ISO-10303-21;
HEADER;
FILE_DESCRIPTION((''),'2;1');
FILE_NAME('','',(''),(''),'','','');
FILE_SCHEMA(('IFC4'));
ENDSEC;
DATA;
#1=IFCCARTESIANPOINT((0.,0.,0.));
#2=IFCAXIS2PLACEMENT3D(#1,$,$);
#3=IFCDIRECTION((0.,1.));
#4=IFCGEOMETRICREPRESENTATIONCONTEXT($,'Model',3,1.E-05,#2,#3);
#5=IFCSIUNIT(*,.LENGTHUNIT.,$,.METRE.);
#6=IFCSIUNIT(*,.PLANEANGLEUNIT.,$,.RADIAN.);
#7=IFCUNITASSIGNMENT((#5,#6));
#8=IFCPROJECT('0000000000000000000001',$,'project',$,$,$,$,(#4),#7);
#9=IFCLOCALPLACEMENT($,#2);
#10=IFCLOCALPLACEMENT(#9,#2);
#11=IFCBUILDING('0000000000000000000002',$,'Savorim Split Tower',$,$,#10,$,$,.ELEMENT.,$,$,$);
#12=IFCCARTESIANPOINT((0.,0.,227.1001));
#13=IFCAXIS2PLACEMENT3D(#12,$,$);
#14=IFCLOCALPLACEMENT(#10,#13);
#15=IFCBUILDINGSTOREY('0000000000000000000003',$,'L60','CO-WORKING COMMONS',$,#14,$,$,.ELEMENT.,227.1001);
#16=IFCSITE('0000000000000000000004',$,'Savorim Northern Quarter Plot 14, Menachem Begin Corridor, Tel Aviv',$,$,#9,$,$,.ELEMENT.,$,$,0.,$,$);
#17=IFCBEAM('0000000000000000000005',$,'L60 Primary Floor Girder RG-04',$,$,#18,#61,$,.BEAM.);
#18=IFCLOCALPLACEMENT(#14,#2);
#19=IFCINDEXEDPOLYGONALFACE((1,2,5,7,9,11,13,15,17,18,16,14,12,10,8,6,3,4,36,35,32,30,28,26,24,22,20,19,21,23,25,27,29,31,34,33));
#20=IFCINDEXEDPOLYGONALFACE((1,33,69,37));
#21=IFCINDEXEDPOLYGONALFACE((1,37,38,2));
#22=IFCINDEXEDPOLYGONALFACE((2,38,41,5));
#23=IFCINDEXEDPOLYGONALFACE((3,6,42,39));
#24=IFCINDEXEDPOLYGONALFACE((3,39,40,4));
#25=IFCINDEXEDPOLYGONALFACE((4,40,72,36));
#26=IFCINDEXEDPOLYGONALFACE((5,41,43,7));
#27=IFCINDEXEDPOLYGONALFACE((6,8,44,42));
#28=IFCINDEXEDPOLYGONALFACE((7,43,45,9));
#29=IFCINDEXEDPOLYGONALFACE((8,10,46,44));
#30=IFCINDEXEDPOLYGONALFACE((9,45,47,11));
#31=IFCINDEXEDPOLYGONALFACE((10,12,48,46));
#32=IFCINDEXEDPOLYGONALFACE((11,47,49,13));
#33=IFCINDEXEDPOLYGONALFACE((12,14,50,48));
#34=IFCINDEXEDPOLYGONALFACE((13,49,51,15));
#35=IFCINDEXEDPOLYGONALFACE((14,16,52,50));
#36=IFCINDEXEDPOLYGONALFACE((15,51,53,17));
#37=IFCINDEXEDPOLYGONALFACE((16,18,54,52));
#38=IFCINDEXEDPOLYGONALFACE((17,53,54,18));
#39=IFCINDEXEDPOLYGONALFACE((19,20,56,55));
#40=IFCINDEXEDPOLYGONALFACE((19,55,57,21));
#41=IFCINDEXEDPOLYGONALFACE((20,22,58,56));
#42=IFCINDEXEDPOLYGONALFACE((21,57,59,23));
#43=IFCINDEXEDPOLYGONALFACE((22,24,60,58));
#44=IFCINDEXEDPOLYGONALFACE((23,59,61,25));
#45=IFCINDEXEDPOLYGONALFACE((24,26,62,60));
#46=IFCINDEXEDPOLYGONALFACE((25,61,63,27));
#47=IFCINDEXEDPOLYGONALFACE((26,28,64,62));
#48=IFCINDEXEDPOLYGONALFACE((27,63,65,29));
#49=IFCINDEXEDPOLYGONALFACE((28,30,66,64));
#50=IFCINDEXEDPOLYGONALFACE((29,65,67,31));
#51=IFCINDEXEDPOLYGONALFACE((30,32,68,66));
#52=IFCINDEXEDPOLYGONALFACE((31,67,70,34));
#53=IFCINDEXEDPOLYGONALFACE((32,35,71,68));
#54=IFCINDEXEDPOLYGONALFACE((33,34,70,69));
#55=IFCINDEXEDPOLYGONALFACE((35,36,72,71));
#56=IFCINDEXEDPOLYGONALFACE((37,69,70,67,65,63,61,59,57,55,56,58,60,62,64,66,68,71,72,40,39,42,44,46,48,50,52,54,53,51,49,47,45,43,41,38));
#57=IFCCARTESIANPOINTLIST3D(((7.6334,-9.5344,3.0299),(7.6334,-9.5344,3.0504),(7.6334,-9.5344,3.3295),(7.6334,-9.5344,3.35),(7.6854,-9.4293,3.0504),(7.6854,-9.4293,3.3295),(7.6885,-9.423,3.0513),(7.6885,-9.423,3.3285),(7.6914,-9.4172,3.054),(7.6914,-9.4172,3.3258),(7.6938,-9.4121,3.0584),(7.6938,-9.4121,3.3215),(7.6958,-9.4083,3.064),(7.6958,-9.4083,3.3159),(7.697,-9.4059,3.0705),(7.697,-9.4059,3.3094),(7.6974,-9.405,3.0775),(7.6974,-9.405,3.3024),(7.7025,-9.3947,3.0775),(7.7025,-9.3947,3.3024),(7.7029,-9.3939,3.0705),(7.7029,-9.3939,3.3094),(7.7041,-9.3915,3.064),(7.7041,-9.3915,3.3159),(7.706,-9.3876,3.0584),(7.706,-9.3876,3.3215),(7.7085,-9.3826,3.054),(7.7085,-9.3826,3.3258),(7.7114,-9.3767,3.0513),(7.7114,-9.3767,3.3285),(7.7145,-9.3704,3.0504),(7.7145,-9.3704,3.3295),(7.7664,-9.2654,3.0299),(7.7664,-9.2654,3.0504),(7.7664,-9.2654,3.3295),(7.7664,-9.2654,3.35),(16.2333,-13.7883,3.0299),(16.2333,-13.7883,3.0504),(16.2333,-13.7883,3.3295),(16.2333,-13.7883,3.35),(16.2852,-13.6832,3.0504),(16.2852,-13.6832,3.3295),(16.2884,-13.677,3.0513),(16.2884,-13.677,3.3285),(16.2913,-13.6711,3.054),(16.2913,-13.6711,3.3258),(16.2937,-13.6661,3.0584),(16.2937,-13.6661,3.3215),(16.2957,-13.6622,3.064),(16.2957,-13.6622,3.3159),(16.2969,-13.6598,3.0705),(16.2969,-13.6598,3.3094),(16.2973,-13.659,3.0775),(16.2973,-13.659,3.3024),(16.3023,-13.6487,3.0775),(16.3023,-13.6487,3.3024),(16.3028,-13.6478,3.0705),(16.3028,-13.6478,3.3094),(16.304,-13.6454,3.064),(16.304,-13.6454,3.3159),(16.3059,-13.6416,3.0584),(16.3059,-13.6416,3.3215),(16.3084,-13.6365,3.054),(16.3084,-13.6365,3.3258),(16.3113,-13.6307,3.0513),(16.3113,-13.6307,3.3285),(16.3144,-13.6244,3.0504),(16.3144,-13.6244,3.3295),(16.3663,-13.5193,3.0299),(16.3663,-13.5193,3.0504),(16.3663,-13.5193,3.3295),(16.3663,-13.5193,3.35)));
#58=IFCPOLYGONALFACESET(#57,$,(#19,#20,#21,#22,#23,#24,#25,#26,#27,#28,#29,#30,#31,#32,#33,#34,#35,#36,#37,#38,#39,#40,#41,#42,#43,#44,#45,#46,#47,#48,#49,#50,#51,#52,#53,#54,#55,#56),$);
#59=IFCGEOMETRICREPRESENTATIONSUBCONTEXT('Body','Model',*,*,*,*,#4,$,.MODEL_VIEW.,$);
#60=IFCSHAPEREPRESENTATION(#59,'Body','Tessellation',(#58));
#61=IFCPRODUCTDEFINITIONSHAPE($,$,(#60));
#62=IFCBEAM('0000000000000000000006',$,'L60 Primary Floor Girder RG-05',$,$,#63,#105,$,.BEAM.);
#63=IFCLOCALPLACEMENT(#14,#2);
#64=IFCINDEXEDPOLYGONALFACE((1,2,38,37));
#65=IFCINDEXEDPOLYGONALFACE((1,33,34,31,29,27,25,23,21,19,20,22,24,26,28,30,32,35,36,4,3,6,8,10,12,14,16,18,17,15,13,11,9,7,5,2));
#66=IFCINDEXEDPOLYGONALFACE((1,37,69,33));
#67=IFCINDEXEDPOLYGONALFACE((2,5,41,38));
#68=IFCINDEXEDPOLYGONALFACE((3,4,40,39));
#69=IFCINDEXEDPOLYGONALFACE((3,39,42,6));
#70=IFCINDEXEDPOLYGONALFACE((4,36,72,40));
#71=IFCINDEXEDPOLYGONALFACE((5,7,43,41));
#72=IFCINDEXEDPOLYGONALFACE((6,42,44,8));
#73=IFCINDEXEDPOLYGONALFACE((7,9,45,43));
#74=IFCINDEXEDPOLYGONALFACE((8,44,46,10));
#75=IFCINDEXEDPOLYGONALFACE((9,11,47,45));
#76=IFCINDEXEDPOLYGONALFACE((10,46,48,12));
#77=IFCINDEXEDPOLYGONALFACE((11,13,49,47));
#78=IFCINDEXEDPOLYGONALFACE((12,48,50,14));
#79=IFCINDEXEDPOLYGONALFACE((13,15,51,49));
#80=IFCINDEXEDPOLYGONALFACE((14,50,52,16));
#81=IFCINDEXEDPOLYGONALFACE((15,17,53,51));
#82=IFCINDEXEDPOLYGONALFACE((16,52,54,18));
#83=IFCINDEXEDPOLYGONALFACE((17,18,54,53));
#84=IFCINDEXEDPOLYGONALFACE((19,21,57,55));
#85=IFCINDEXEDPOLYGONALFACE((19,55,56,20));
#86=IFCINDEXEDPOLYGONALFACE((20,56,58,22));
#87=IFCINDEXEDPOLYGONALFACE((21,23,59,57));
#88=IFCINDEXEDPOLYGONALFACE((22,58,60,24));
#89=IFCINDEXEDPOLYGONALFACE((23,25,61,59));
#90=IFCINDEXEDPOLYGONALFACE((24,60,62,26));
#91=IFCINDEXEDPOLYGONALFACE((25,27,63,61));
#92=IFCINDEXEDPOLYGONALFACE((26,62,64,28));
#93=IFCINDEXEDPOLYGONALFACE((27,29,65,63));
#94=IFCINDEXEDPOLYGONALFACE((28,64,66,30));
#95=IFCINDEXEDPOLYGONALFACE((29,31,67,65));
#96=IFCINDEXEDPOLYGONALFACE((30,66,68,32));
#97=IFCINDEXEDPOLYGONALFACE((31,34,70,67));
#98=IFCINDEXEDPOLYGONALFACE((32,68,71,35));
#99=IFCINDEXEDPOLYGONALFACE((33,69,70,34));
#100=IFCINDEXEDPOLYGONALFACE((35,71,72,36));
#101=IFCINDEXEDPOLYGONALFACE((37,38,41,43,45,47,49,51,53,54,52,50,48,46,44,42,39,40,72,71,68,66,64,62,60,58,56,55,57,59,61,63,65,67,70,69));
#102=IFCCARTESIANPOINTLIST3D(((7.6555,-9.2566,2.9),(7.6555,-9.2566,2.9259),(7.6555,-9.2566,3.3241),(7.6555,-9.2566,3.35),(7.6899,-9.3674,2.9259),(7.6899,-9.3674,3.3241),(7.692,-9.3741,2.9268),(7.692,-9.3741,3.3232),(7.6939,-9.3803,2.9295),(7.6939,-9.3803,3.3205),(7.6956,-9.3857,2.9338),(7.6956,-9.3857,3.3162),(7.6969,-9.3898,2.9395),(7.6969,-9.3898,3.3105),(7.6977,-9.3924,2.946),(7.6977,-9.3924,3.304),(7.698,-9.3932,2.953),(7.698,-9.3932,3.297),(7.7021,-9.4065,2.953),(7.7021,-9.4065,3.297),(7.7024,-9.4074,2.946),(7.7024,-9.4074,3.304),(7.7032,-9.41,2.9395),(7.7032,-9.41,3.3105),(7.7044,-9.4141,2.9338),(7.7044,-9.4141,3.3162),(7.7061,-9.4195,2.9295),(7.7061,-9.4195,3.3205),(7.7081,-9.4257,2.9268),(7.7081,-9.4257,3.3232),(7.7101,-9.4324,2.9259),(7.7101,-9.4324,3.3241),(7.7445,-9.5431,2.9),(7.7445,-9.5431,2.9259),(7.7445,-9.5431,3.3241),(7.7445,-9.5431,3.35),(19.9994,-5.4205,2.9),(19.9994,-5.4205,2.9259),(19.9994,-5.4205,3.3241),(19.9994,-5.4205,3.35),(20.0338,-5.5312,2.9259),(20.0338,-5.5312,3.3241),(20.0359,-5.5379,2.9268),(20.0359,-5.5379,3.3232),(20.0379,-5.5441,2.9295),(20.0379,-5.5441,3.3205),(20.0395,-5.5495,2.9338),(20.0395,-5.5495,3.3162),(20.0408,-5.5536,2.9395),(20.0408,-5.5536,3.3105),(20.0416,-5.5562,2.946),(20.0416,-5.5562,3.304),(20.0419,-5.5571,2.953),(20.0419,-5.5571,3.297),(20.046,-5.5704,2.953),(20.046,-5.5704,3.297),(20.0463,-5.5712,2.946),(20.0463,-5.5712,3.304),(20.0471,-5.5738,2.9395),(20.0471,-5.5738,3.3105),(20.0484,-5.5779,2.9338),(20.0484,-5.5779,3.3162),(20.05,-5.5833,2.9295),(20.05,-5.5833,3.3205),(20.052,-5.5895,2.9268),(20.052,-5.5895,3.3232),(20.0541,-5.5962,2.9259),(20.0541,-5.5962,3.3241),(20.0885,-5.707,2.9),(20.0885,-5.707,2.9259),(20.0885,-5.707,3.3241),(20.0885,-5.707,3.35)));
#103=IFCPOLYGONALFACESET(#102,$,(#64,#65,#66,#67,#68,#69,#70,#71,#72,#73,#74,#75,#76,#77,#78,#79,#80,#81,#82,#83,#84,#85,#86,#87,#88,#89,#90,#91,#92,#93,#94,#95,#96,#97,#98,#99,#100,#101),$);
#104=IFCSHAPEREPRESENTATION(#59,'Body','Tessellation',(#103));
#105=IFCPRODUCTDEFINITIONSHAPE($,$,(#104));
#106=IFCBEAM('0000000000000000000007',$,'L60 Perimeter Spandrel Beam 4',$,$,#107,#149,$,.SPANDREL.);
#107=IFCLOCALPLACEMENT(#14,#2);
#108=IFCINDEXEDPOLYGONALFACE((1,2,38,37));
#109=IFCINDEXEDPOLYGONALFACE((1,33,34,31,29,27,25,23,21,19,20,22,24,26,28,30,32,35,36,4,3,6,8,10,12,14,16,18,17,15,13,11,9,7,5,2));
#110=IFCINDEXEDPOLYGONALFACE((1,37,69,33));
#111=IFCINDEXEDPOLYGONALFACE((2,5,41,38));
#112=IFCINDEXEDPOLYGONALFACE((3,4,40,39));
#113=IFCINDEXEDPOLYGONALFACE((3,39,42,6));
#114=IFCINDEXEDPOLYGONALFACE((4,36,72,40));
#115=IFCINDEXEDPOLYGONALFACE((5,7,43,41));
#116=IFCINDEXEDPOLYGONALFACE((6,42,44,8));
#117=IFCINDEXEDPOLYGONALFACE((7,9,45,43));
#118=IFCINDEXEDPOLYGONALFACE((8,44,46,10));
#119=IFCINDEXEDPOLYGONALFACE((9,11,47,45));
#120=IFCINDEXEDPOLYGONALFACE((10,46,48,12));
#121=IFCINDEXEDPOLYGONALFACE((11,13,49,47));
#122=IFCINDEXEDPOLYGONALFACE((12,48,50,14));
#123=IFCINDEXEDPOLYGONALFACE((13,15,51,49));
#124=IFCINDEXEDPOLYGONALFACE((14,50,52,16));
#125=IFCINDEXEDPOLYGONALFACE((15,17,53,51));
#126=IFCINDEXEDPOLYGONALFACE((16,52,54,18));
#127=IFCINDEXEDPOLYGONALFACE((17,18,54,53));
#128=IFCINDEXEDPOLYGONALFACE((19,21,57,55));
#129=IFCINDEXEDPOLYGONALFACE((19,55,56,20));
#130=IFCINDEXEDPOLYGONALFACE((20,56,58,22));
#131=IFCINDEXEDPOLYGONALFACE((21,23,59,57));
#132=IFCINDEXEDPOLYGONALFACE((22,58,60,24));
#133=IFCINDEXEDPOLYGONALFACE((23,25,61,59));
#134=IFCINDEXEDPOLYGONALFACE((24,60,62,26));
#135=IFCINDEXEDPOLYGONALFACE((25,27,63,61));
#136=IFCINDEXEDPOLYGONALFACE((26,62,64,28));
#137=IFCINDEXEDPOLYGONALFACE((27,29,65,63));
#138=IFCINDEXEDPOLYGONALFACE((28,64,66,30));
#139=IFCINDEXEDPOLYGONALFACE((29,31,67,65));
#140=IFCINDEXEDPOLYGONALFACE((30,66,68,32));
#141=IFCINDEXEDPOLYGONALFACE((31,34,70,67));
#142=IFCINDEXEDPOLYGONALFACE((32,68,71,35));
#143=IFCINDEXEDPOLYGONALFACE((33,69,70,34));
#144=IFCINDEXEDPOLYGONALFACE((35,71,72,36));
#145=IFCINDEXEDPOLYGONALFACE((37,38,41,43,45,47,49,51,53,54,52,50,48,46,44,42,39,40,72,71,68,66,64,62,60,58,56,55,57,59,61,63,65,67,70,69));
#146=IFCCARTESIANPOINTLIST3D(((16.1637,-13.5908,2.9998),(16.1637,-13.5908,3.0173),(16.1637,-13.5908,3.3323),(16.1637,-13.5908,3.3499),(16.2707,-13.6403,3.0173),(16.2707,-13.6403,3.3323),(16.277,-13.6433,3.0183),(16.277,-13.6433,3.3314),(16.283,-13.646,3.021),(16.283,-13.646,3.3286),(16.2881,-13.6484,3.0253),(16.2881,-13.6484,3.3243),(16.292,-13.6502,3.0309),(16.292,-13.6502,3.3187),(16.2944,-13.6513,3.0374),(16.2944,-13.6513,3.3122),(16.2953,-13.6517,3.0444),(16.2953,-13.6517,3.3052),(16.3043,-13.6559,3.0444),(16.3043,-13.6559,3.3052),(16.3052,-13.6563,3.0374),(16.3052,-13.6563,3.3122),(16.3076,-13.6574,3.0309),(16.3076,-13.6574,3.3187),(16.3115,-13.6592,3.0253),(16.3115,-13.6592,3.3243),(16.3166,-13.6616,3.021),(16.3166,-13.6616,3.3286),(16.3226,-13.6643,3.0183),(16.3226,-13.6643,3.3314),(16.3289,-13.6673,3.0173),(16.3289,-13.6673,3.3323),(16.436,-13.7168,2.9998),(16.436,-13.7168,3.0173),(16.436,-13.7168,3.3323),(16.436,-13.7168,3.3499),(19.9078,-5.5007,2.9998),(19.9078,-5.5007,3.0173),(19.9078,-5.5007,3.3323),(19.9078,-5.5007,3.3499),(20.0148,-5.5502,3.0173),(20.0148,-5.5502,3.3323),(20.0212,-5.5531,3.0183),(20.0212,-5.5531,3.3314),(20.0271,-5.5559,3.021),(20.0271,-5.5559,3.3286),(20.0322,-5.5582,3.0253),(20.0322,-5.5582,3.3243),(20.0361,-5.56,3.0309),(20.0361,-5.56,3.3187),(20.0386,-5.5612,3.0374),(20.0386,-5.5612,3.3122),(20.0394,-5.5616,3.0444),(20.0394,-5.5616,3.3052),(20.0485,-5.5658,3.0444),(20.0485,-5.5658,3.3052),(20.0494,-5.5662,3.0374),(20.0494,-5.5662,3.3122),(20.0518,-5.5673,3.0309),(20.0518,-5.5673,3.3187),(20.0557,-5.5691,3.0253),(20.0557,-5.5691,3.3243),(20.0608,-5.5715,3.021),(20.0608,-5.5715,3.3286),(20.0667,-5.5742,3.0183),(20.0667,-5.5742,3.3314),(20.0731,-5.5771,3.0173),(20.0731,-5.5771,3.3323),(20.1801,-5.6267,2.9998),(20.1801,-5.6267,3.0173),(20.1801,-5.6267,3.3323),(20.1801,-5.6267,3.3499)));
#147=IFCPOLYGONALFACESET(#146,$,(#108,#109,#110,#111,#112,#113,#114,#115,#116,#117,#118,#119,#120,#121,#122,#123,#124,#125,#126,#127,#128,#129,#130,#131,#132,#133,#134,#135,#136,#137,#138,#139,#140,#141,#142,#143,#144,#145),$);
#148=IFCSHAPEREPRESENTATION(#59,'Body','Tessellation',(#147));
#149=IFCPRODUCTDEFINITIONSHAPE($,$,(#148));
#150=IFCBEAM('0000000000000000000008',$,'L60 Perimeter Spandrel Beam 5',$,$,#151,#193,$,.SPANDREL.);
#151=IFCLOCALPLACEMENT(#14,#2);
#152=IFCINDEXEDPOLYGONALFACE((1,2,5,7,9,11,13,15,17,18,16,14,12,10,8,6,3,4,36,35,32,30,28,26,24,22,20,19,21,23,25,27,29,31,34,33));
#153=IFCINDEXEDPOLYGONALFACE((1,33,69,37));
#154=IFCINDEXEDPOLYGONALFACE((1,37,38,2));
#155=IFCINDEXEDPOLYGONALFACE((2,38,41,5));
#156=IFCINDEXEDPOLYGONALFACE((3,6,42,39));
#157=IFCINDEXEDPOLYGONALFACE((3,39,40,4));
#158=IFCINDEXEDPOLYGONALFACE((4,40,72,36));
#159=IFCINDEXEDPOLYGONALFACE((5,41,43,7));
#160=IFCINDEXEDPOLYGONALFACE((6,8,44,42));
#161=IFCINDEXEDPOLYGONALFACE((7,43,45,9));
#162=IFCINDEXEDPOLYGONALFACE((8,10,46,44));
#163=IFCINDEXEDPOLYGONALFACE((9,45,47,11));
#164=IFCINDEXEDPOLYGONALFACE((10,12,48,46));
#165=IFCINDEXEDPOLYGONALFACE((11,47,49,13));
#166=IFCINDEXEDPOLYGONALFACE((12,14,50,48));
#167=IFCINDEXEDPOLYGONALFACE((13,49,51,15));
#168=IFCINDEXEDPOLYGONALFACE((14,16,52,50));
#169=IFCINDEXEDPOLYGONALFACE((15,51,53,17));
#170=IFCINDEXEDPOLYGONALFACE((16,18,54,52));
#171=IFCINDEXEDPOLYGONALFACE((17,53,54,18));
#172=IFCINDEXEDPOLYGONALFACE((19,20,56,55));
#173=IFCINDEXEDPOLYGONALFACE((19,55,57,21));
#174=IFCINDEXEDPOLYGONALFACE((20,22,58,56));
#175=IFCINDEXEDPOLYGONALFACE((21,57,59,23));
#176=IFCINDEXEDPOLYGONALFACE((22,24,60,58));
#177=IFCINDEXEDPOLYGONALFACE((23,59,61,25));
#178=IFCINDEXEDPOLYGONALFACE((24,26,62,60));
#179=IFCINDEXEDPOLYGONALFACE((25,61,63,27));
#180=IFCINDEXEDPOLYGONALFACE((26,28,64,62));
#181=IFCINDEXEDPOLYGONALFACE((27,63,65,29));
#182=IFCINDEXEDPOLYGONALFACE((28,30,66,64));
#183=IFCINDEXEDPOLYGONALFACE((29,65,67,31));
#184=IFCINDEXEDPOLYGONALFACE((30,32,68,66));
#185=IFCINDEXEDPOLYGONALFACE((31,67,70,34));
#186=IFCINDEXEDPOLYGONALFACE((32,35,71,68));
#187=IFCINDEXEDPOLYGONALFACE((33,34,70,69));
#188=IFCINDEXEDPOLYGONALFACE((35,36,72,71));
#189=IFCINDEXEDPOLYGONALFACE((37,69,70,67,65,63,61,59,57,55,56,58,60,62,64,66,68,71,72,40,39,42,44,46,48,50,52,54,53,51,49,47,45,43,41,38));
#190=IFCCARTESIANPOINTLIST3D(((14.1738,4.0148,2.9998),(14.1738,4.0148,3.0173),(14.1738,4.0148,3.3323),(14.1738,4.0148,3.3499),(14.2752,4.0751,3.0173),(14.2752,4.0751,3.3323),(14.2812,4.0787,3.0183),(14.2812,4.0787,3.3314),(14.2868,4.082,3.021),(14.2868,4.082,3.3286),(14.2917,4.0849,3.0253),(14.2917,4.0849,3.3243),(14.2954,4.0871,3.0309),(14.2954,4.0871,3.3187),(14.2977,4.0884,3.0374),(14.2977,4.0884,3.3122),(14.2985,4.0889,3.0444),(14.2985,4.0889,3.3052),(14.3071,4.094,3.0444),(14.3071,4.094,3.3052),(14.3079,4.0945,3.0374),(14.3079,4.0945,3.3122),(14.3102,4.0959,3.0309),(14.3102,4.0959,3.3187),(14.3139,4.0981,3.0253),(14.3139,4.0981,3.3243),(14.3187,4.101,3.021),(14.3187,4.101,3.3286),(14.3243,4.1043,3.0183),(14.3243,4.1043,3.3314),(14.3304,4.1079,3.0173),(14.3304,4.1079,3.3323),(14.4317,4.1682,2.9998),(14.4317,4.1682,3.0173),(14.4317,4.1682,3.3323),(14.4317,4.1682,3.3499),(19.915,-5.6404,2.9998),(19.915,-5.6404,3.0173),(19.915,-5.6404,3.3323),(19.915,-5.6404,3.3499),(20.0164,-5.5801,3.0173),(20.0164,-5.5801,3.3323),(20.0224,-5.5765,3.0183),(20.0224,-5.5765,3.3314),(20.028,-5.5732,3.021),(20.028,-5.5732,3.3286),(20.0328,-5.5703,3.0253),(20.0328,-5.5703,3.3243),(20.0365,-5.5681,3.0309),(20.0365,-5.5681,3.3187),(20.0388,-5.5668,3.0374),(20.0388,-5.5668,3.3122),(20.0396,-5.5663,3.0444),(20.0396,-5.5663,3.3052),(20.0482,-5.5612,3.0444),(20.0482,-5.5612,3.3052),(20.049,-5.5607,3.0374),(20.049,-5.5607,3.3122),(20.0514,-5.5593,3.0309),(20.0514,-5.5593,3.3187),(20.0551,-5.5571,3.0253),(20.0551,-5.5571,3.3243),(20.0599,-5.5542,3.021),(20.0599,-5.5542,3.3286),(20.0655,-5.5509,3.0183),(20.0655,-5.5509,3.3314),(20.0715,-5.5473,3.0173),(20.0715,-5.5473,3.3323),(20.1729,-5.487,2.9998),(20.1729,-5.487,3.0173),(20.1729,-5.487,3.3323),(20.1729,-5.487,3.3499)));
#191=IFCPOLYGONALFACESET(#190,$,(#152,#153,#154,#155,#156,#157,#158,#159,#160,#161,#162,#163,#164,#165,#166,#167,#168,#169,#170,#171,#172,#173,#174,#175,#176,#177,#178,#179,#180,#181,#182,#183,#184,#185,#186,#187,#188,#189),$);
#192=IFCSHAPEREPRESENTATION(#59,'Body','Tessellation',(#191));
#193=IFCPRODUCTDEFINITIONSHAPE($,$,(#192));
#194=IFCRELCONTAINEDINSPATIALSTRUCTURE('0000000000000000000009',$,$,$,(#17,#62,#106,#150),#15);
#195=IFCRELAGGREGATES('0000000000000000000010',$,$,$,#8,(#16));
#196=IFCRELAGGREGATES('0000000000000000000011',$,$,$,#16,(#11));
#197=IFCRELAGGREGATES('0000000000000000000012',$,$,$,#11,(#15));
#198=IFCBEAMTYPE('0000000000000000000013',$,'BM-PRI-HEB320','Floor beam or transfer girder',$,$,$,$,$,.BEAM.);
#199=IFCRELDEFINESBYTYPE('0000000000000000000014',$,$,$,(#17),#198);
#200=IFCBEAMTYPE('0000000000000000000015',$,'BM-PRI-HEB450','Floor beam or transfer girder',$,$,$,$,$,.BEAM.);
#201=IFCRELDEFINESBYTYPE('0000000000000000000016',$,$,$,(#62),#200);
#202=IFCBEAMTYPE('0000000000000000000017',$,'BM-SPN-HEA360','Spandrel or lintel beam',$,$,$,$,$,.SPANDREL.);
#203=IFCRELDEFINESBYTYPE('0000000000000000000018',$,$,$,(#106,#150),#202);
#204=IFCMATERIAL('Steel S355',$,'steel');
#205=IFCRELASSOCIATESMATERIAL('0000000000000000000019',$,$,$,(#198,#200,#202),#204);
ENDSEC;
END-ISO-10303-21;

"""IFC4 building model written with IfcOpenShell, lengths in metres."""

from ifc_helpers import new_model, si_unit, direction, frame, origin, origin_2d, place, context, subcontext, project, spatial, i_section, extrude, material, material_profile, profile_set, type_object, element, save


model = new_model("IFC4")

# Units and contexts
model_context = context("Model", 3, precision=1e-05, world=origin(), true_north=direction((0.0, 1.0)))
body_context = subcontext(model_context, "Body", "Model", "MODEL_VIEW")
ifc_project = project(units=[si_unit("LENGTHUNIT", "METRE"), si_unit("PLANEANGLEUNIT", "RADIAN")], contexts=[model_context])

# Site, building, storey
site_placement = place(None, origin())
site = spatial("IfcSite", under=ifc_project, at=site_placement, Name="Savorim Northern Quarter Plot 14, Menachem Begin Corridor, Tel Aviv", CompositionType="ELEMENT", RefElevation=0.0)
building_placement = place(site_placement, origin())
building = spatial("IfcBuilding", under=site, at=building_placement, Name="Savorim Split Tower", CompositionType="ELEMENT")
storey_placement = place(building_placement, frame((0.0, 0.0, 227.1001)))
storey = spatial("IfcBuildingStorey", under=building, at=storey_placement, Name="L60", Description="CO-WORKING COMMONS", CompositionType="ELEMENT", Elevation=227.1001)

# Shared definitions
ifc_material_1 = material(Name="Steel S355", Category="steel")

# Beams
ifc_material_profile_1 = material_profile(ifc_material_1, i_section(OverallWidth=0.3, OverallDepth=0.3201, WebThickness=0.0115, FlangeThickness=0.0205, FilletRadius=0.0271, at=origin_2d()), Name="HEB 320")
ifc_profile_set_1 = profile_set([ifc_material_profile_1], Name="Steel S355")
beam_type_1 = type_object("IfcBeamType", Name="BM-PRI-HEB320", Description="Floor beam or transfer girder", PredefinedType="BEAM", material=ifc_profile_set_1)
beam_1_placement = place(storey_placement, frame((16.2998, -13.6538, 3.1899), z_axis=(-0.896338, 0.443372, 0.0), x_axis=(-0.443372, -0.896338, 0.0)))
element("IfcBeam", 1, at=beam_1_placement, inside=storey, type_object=beam_type_1, Name="L60 Primary Floor Girder RG-04", PredefinedType="BEAM", context=body_context, shape_type="SweptSolid", body=[
    extrude(i_section(OverallWidth=0.3, OverallDepth=0.3201, WebThickness=0.0115, FlangeThickness=0.0205, FilletRadius=0.0271, at=origin_2d()), origin(), (0.0, 0.0, 1.0), 9.5945),
])
ifc_material_profile_2 = material_profile(ifc_material_1, i_section(OverallWidth=0.3, OverallDepth=0.45, WebThickness=0.0139, FlangeThickness=0.0259, FilletRadius=0.0271, at=origin_2d()), Name="HEB 450")
ifc_profile_set_2 = profile_set([ifc_material_profile_2], Name="Steel S355")
beam_type_2 = type_object("IfcBeamType", Name="BM-PRI-HEB450", Description="Floor beam or transfer girder", PredefinedType="BEAM", material=ifc_profile_set_2)
beam_2_placement = place(storey_placement, frame((20.0439, -5.5637, 3.125), z_axis=(-0.954948, -0.296772, 0.0), x_axis=(0.296772, -0.954948, 0.0)))
element("IfcBeam", 2, at=beam_2_placement, inside=storey, type_object=beam_type_2, Name="L60 Primary Floor Girder RG-05", PredefinedType="BEAM", context=body_context, shape_type="SweptSolid", body=[
    extrude(i_section(OverallWidth=0.3, OverallDepth=0.45, WebThickness=0.0139, FlangeThickness=0.0259, FilletRadius=0.0271, at=origin_2d()), origin(), (0.0, 0.0, 1.0), 12.9263),
])
ifc_material_profile_3 = material_profile(ifc_material_1, i_section(OverallWidth=0.3, OverallDepth=0.3501, WebThickness=0.01, FlangeThickness=0.0176, FilletRadius=0.0271, at=origin_2d()), Name="HEA 360")
ifc_profile_set_3 = profile_set([ifc_material_profile_3], Name="Steel S355")
beam_type_3 = type_object("IfcBeamType", Name="BM-SPN-HEA360", Description="Spandrel or lintel beam", PredefinedType="SPANDREL", material=ifc_profile_set_3)
beam_3_placement = place(storey_placement, frame((16.2998, -13.6538, 3.1748), z_axis=(0.420006, 0.907521, 0.0), x_axis=(-0.907521, 0.420006, 0.0)))
element("IfcBeam", 3, at=beam_3_placement, inside=storey, type_object=beam_type_3, Name="L60 Perimeter Spandrel Beam 4", PredefinedType="SPANDREL", context=body_context, shape_type="SweptSolid", body=[
    extrude(i_section(OverallWidth=0.3, OverallDepth=0.3501, WebThickness=0.01, FlangeThickness=0.0176, FilletRadius=0.0271, at=origin_2d()), origin(), (0.0, 0.0, 1.0), 8.9146),
])
beam_4_placement = place(storey_placement, frame((20.0439, -5.5637, 3.1748), z_axis=(-0.511091, 0.859527, 0.0), x_axis=(-0.859527, -0.511091, 0.0)))
element("IfcBeam", 4, at=beam_4_placement, inside=storey, type_object=beam_type_3, Name="L60 Perimeter Spandrel Beam 5", PredefinedType="SPANDREL", context=body_context, shape_type="SweptSolid", body=[
    extrude(i_section(OverallWidth=0.3, OverallDepth=0.3501, WebThickness=0.01, FlangeThickness=0.0176, FilletRadius=0.0271, at=origin_2d()), origin(), (0.0, 0.0, 1.0), 11.2332),
])

save(model, "model.ifc")
